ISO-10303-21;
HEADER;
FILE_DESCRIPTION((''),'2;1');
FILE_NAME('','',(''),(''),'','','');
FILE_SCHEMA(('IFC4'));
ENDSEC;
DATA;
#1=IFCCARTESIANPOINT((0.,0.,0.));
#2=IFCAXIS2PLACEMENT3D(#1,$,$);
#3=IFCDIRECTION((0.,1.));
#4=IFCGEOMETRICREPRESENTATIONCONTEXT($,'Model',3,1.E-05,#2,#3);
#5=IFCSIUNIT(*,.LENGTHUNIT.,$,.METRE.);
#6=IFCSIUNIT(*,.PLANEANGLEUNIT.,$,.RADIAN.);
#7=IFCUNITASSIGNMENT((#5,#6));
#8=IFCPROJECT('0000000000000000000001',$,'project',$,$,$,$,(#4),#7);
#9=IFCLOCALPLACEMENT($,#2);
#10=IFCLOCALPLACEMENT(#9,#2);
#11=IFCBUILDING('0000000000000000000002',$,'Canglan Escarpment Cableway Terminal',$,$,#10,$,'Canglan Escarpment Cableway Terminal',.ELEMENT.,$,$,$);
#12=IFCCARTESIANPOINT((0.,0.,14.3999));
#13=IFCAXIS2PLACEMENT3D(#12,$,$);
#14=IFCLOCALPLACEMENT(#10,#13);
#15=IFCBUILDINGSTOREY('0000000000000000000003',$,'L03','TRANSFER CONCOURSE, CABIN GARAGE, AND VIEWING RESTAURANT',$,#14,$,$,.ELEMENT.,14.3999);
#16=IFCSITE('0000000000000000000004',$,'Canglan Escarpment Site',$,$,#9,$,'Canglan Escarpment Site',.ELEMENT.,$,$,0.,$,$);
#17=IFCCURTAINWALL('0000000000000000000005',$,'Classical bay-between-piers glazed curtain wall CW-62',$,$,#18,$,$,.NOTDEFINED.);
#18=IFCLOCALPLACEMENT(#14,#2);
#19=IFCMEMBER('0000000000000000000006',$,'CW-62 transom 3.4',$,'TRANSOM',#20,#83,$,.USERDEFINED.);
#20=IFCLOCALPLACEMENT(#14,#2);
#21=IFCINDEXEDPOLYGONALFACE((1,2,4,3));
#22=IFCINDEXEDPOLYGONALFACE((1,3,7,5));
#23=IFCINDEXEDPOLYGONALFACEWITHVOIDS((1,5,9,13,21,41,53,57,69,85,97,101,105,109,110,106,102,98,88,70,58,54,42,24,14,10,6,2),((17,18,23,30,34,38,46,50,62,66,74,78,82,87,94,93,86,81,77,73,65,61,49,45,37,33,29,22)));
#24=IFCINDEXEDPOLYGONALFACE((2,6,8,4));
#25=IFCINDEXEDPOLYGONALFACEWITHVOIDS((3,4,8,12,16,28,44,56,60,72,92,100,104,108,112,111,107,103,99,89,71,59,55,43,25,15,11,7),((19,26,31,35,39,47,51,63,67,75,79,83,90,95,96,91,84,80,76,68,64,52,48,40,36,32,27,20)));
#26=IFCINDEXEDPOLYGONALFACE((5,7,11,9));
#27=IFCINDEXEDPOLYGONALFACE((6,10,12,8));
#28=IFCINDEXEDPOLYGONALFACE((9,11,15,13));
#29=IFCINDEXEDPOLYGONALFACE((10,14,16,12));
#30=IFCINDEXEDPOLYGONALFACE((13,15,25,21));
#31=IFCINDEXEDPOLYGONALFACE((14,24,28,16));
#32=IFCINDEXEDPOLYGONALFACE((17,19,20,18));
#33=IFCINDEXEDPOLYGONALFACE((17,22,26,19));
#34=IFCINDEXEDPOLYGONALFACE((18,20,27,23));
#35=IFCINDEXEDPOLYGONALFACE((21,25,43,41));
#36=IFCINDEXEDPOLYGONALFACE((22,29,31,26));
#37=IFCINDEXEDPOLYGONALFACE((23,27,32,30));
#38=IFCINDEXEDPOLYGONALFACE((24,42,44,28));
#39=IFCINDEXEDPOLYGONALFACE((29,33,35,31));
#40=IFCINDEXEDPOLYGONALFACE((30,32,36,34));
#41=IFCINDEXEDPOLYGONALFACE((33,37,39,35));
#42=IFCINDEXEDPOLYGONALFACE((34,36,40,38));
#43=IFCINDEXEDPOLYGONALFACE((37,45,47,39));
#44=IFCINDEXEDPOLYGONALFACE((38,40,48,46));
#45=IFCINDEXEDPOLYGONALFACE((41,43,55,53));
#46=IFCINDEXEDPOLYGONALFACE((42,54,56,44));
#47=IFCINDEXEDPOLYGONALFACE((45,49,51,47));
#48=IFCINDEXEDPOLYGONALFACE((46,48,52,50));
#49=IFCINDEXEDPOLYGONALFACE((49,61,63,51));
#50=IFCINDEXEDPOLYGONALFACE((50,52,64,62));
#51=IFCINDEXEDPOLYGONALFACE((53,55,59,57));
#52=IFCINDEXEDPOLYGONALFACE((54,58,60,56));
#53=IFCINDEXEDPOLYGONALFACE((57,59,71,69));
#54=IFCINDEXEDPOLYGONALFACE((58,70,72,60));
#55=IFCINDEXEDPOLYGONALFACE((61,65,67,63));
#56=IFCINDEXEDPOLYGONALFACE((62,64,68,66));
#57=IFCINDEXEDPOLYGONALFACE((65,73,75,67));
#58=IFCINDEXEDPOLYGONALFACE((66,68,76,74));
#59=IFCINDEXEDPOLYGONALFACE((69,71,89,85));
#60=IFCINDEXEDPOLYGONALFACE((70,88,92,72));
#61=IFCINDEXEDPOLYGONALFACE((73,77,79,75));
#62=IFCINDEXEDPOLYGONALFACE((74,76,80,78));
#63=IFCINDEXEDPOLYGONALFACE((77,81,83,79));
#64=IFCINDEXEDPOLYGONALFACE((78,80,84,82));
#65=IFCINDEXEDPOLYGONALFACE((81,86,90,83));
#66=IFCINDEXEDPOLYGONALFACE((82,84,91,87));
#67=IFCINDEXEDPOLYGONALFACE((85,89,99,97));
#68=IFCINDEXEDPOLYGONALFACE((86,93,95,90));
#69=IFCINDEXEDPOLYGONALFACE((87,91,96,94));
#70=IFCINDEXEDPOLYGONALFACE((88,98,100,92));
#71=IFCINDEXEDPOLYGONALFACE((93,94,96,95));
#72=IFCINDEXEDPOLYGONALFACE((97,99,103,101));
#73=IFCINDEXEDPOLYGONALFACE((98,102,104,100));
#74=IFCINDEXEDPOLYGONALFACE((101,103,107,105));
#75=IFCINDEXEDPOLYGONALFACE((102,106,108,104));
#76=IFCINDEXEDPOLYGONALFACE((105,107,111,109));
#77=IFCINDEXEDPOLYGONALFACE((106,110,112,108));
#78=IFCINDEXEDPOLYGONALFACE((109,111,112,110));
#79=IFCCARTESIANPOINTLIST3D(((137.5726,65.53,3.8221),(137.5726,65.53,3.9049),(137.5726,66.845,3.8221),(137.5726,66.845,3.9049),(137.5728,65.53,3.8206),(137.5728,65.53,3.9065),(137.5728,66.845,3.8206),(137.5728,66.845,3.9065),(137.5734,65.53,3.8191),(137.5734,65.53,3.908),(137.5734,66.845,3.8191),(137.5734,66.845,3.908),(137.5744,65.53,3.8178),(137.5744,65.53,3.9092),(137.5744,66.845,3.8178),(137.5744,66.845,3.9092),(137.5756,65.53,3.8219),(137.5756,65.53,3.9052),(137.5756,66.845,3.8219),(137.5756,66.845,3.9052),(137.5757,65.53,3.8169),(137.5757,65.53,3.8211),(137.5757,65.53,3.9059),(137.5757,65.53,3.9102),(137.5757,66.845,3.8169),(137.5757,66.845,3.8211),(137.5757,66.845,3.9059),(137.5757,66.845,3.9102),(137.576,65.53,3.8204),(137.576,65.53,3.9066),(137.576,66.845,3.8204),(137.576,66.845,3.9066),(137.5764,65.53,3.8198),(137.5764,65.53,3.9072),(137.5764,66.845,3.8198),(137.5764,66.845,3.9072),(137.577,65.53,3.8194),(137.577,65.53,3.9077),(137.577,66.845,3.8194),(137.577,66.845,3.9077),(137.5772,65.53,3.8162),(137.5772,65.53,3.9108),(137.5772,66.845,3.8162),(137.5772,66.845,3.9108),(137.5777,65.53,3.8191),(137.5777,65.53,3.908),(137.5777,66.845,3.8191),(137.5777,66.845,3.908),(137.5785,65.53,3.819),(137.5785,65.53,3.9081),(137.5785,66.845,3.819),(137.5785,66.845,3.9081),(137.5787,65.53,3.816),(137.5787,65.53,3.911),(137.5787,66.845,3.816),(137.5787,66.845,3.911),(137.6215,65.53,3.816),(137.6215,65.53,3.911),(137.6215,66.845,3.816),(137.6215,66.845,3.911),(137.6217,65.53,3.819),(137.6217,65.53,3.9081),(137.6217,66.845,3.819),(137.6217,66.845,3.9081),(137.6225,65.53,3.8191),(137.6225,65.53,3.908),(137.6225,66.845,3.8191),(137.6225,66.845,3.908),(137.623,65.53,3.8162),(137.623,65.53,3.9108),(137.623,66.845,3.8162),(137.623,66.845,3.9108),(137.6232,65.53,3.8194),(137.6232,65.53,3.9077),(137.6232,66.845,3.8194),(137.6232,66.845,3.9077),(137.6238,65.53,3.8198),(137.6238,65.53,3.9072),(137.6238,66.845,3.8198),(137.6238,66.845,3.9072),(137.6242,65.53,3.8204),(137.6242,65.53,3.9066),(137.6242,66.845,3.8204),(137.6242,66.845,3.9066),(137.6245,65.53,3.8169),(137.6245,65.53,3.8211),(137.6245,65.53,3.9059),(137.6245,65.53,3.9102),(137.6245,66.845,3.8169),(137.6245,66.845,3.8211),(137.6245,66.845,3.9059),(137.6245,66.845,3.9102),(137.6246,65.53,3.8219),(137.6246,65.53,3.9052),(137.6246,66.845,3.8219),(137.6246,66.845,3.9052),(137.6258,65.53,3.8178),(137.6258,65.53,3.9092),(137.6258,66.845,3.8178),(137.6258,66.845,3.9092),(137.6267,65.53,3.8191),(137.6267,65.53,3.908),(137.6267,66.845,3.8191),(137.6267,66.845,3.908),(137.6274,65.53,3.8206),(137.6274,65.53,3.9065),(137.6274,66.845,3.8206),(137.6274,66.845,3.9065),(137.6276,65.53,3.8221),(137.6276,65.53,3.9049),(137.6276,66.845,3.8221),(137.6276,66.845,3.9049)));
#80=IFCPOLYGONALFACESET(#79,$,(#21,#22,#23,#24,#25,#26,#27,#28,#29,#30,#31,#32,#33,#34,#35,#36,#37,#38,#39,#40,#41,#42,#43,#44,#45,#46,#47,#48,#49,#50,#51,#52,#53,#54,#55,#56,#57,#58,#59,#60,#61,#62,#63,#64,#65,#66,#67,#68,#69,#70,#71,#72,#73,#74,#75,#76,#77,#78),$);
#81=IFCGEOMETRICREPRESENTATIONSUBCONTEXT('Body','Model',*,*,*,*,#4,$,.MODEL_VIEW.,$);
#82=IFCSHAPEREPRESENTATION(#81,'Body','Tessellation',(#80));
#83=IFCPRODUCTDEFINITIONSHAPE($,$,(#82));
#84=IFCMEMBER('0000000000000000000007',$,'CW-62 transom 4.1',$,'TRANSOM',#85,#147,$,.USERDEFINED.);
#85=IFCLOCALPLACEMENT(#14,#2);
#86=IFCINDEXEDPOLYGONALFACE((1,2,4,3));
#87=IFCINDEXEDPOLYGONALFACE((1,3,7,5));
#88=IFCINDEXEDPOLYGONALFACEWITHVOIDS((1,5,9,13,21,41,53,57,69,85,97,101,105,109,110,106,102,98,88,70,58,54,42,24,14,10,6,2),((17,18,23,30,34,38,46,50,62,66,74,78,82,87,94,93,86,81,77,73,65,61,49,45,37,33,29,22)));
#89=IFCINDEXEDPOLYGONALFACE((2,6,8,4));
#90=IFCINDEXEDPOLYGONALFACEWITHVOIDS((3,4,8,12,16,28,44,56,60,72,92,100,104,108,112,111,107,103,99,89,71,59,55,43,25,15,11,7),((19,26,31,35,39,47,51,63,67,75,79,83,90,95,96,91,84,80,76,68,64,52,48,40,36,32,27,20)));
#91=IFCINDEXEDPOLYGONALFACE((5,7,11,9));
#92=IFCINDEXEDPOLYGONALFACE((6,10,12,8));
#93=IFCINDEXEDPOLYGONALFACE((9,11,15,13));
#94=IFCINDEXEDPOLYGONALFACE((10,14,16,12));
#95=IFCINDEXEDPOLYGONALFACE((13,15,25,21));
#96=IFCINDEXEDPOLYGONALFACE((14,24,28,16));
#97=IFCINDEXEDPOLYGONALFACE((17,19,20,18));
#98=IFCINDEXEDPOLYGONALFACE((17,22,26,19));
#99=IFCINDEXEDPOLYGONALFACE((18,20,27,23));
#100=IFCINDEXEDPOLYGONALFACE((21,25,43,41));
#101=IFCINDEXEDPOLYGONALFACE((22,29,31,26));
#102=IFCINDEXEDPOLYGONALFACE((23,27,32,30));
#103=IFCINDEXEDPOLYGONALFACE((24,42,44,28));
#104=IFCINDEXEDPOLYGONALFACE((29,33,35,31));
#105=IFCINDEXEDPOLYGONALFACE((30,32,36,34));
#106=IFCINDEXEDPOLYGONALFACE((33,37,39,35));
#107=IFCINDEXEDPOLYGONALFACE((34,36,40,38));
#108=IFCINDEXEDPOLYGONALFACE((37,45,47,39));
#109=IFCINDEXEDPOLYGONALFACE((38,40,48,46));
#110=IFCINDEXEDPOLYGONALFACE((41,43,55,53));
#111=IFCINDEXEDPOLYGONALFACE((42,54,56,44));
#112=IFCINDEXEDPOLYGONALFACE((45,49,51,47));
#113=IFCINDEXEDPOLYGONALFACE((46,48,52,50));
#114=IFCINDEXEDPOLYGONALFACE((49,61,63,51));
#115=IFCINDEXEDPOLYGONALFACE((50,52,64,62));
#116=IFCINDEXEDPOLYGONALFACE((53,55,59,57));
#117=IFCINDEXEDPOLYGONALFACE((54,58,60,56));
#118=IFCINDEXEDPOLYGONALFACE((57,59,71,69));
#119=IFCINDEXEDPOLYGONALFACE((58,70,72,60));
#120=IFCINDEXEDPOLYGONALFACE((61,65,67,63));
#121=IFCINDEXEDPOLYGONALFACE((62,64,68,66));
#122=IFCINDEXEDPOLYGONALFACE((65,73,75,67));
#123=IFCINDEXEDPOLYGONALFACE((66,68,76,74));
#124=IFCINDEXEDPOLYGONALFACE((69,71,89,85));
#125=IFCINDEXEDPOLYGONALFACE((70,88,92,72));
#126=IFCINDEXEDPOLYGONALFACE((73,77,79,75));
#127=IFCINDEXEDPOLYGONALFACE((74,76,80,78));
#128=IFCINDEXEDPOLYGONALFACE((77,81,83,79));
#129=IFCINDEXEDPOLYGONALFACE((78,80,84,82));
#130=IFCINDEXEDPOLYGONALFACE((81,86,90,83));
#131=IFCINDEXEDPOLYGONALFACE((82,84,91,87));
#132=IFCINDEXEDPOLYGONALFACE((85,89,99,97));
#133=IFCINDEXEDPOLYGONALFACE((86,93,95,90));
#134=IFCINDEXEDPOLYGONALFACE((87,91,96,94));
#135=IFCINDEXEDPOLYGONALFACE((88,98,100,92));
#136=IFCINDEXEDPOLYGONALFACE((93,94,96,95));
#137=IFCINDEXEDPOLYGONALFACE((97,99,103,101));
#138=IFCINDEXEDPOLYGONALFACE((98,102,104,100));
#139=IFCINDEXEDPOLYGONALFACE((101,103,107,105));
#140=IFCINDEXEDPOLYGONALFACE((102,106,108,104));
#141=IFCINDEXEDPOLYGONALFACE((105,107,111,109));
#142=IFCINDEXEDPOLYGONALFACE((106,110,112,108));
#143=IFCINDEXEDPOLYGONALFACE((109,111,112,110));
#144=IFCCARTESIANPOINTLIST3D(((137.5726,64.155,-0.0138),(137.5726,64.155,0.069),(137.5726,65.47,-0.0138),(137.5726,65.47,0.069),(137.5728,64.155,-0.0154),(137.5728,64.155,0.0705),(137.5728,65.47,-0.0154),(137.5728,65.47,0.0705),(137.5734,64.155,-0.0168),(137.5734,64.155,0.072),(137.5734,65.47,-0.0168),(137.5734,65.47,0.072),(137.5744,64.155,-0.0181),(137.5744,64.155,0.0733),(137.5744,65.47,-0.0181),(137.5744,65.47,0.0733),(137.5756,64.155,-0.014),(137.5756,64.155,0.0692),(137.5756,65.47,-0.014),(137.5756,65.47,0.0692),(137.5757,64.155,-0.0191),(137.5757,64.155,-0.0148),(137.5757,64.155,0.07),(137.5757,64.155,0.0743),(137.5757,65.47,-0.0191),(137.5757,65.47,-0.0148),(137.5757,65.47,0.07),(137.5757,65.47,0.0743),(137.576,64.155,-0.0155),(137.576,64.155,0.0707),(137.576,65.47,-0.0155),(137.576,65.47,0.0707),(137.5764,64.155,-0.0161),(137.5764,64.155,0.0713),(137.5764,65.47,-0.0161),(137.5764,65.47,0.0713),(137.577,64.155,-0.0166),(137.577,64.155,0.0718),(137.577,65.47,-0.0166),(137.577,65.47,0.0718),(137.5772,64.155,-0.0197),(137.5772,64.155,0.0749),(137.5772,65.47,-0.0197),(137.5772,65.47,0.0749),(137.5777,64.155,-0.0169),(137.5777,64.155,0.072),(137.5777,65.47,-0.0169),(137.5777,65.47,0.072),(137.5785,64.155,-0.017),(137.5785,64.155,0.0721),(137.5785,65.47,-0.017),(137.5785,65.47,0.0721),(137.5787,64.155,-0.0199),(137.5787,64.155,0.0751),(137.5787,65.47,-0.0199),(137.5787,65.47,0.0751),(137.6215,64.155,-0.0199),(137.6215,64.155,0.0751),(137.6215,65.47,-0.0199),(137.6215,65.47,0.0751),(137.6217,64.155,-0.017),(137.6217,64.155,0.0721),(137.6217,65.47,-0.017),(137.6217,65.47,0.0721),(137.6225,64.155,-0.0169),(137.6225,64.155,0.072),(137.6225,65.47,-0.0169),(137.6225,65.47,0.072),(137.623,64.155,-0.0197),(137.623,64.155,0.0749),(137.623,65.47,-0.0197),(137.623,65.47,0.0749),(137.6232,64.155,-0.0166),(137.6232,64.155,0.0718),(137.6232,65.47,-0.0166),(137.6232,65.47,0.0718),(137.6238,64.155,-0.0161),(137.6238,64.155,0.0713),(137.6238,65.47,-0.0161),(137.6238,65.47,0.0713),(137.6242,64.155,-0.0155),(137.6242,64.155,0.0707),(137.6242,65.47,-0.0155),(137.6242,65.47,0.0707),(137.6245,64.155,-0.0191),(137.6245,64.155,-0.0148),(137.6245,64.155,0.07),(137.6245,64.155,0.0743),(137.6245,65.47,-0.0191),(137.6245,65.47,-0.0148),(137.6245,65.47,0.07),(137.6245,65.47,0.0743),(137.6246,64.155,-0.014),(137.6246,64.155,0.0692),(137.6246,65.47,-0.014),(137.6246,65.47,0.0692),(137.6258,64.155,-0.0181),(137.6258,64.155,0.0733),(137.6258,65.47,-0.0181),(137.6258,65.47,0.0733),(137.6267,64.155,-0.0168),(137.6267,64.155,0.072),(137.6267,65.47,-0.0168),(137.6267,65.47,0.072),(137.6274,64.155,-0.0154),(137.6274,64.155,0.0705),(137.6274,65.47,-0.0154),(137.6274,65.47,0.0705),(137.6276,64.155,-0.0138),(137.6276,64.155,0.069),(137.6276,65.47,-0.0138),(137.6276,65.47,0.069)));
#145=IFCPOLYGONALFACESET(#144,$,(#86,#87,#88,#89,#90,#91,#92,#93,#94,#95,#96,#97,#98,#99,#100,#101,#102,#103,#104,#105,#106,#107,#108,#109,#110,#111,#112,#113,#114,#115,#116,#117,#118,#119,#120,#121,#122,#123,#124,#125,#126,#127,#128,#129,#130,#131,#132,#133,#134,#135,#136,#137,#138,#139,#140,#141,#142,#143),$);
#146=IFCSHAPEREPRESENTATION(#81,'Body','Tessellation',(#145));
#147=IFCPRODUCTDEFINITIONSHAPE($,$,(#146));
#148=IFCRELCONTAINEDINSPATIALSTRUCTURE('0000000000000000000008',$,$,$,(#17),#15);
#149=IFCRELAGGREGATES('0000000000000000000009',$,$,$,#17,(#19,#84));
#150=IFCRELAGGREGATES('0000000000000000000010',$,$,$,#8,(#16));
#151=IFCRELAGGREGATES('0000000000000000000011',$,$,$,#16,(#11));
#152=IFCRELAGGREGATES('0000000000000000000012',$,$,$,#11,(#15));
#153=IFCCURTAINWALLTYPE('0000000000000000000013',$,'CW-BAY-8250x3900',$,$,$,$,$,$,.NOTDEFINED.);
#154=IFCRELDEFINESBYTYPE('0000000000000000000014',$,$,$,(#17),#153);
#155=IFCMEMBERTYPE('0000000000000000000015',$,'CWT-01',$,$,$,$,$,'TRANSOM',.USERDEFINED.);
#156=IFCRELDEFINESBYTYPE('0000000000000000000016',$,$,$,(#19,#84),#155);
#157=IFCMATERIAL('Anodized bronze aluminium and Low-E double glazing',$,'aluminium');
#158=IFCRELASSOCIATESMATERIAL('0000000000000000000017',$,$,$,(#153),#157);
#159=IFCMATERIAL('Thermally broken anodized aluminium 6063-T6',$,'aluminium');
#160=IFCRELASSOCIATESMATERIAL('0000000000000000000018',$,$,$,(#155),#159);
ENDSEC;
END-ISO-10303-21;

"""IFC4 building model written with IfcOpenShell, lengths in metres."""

from ifc_helpers import new_model, si_unit, direction, frame, origin, origin_2d, place, context, subcontext, project, spatial, hollow_rectangle, extrude, material, material_profile, profile_set, type_object, element, aggregate, save


model = new_model("IFC4")

# Units and contexts
model_context = context("Model", 3, precision=1e-05, world=origin(), true_north=direction((0.0, 1.0)))
body_context = subcontext(model_context, "Body", "Model", "MODEL_VIEW")
ifc_project = project(units=[si_unit("LENGTHUNIT", "METRE"), si_unit("PLANEANGLEUNIT", "RADIAN")], contexts=[model_context])

# Site, building, storey
site_placement = place(None, origin())
site = spatial("IfcSite", under=ifc_project, at=site_placement, Name="Canglan Escarpment Site", LongName="Canglan Escarpment Site", CompositionType="ELEMENT", RefElevation=0.0)
building_placement = place(site_placement, origin())
building = spatial("IfcBuilding", under=site, at=building_placement, Name="Canglan Escarpment Cableway Terminal", LongName="Canglan Escarpment Cableway Terminal", CompositionType="ELEMENT")
storey_placement = place(building_placement, frame((0.0, 0.0, 14.3999)))
storey = spatial("IfcBuildingStorey", under=building, at=storey_placement, Name="L03", Description="TRANSFER CONCOURSE, CABIN GARAGE, AND VIEWING RESTAURANT", CompositionType="ELEMENT", Elevation=14.3999)

# Curtain wall, members
ifc_material_1 = material(Name="Anodized bronze aluminium and Low-E double glazing", Category="aluminium")
curtain_wall_type = type_object("IfcCurtainWallType", Name="CW-BAY-8250x3900", PredefinedType="NOTDEFINED", material=ifc_material_1)
curtain_wall_placement = place(storey_placement, origin())
curtain_wall = element("IfcCurtainWall", 1, at=curtain_wall_placement, inside=storey, type_object=curtain_wall_type, Name="Classical bay-between-piers glazed curtain wall CW-62", PredefinedType="NOTDEFINED")
ifc_material_2 = material(Name="Thermally broken anodized aluminium 6063-T6", Category="aluminium")
ifc_material_profile_1 = material_profile(ifc_material_2, hollow_rectangle(XDim=0.0549, YDim=0.095, WallThickness=0.0029, InnerFilletRadius=0.0029, OuterFilletRadius=0.0061, at=origin_2d()), Name="ALU-TRAN 55x95x3")
ifc_profile_set_1 = profile_set([ifc_material_profile_1], Name="Thermally broken anodized aluminium 6063-T6")
member_type_1 = type_object("IfcMemberType", Name="CWT-01", ElementType="TRANSOM", PredefinedType="USERDEFINED", material=ifc_profile_set_1)
member_1_placement = place(storey_placement, frame((137.6001, 66.845, 3.8635), z_axis=(0.0, -1.0, 0.0), x_axis=(1.0, 0.0, 0.0)))
member_1 = element("IfcMember", 2, at=member_1_placement, type_object=member_type_1, Name="CW-62 transom 3.4", ObjectType="TRANSOM", PredefinedType="USERDEFINED", context=body_context, shape_type="SweptSolid", body=[
    extrude(hollow_rectangle(XDim=0.0549, YDim=0.095, WallThickness=0.0029, InnerFilletRadius=0.0029, OuterFilletRadius=0.0061, at=origin_2d()), origin(), (0.0, 0.0, 1.0), 1.3149),
])
member_2_placement = place(storey_placement, frame((137.6001, 65.47, 0.0276), z_axis=(0.0, -1.0, 0.0), x_axis=(1.0, 0.0, 0.0)))
member_2 = element("IfcMember", 3, at=member_2_placement, type_object=member_type_1, Name="CW-62 transom 4.1", ObjectType="TRANSOM", PredefinedType="USERDEFINED", context=body_context, shape_type="SweptSolid", body=[
    extrude(hollow_rectangle(XDim=0.0549, YDim=0.095, WallThickness=0.0029, InnerFilletRadius=0.0029, OuterFilletRadius=0.0061, at=origin_2d()), origin(), (0.0, 0.0, 1.0), 1.3149),
])
aggregate(curtain_wall, [member_1, member_2])

save(model, "model.ifc")
